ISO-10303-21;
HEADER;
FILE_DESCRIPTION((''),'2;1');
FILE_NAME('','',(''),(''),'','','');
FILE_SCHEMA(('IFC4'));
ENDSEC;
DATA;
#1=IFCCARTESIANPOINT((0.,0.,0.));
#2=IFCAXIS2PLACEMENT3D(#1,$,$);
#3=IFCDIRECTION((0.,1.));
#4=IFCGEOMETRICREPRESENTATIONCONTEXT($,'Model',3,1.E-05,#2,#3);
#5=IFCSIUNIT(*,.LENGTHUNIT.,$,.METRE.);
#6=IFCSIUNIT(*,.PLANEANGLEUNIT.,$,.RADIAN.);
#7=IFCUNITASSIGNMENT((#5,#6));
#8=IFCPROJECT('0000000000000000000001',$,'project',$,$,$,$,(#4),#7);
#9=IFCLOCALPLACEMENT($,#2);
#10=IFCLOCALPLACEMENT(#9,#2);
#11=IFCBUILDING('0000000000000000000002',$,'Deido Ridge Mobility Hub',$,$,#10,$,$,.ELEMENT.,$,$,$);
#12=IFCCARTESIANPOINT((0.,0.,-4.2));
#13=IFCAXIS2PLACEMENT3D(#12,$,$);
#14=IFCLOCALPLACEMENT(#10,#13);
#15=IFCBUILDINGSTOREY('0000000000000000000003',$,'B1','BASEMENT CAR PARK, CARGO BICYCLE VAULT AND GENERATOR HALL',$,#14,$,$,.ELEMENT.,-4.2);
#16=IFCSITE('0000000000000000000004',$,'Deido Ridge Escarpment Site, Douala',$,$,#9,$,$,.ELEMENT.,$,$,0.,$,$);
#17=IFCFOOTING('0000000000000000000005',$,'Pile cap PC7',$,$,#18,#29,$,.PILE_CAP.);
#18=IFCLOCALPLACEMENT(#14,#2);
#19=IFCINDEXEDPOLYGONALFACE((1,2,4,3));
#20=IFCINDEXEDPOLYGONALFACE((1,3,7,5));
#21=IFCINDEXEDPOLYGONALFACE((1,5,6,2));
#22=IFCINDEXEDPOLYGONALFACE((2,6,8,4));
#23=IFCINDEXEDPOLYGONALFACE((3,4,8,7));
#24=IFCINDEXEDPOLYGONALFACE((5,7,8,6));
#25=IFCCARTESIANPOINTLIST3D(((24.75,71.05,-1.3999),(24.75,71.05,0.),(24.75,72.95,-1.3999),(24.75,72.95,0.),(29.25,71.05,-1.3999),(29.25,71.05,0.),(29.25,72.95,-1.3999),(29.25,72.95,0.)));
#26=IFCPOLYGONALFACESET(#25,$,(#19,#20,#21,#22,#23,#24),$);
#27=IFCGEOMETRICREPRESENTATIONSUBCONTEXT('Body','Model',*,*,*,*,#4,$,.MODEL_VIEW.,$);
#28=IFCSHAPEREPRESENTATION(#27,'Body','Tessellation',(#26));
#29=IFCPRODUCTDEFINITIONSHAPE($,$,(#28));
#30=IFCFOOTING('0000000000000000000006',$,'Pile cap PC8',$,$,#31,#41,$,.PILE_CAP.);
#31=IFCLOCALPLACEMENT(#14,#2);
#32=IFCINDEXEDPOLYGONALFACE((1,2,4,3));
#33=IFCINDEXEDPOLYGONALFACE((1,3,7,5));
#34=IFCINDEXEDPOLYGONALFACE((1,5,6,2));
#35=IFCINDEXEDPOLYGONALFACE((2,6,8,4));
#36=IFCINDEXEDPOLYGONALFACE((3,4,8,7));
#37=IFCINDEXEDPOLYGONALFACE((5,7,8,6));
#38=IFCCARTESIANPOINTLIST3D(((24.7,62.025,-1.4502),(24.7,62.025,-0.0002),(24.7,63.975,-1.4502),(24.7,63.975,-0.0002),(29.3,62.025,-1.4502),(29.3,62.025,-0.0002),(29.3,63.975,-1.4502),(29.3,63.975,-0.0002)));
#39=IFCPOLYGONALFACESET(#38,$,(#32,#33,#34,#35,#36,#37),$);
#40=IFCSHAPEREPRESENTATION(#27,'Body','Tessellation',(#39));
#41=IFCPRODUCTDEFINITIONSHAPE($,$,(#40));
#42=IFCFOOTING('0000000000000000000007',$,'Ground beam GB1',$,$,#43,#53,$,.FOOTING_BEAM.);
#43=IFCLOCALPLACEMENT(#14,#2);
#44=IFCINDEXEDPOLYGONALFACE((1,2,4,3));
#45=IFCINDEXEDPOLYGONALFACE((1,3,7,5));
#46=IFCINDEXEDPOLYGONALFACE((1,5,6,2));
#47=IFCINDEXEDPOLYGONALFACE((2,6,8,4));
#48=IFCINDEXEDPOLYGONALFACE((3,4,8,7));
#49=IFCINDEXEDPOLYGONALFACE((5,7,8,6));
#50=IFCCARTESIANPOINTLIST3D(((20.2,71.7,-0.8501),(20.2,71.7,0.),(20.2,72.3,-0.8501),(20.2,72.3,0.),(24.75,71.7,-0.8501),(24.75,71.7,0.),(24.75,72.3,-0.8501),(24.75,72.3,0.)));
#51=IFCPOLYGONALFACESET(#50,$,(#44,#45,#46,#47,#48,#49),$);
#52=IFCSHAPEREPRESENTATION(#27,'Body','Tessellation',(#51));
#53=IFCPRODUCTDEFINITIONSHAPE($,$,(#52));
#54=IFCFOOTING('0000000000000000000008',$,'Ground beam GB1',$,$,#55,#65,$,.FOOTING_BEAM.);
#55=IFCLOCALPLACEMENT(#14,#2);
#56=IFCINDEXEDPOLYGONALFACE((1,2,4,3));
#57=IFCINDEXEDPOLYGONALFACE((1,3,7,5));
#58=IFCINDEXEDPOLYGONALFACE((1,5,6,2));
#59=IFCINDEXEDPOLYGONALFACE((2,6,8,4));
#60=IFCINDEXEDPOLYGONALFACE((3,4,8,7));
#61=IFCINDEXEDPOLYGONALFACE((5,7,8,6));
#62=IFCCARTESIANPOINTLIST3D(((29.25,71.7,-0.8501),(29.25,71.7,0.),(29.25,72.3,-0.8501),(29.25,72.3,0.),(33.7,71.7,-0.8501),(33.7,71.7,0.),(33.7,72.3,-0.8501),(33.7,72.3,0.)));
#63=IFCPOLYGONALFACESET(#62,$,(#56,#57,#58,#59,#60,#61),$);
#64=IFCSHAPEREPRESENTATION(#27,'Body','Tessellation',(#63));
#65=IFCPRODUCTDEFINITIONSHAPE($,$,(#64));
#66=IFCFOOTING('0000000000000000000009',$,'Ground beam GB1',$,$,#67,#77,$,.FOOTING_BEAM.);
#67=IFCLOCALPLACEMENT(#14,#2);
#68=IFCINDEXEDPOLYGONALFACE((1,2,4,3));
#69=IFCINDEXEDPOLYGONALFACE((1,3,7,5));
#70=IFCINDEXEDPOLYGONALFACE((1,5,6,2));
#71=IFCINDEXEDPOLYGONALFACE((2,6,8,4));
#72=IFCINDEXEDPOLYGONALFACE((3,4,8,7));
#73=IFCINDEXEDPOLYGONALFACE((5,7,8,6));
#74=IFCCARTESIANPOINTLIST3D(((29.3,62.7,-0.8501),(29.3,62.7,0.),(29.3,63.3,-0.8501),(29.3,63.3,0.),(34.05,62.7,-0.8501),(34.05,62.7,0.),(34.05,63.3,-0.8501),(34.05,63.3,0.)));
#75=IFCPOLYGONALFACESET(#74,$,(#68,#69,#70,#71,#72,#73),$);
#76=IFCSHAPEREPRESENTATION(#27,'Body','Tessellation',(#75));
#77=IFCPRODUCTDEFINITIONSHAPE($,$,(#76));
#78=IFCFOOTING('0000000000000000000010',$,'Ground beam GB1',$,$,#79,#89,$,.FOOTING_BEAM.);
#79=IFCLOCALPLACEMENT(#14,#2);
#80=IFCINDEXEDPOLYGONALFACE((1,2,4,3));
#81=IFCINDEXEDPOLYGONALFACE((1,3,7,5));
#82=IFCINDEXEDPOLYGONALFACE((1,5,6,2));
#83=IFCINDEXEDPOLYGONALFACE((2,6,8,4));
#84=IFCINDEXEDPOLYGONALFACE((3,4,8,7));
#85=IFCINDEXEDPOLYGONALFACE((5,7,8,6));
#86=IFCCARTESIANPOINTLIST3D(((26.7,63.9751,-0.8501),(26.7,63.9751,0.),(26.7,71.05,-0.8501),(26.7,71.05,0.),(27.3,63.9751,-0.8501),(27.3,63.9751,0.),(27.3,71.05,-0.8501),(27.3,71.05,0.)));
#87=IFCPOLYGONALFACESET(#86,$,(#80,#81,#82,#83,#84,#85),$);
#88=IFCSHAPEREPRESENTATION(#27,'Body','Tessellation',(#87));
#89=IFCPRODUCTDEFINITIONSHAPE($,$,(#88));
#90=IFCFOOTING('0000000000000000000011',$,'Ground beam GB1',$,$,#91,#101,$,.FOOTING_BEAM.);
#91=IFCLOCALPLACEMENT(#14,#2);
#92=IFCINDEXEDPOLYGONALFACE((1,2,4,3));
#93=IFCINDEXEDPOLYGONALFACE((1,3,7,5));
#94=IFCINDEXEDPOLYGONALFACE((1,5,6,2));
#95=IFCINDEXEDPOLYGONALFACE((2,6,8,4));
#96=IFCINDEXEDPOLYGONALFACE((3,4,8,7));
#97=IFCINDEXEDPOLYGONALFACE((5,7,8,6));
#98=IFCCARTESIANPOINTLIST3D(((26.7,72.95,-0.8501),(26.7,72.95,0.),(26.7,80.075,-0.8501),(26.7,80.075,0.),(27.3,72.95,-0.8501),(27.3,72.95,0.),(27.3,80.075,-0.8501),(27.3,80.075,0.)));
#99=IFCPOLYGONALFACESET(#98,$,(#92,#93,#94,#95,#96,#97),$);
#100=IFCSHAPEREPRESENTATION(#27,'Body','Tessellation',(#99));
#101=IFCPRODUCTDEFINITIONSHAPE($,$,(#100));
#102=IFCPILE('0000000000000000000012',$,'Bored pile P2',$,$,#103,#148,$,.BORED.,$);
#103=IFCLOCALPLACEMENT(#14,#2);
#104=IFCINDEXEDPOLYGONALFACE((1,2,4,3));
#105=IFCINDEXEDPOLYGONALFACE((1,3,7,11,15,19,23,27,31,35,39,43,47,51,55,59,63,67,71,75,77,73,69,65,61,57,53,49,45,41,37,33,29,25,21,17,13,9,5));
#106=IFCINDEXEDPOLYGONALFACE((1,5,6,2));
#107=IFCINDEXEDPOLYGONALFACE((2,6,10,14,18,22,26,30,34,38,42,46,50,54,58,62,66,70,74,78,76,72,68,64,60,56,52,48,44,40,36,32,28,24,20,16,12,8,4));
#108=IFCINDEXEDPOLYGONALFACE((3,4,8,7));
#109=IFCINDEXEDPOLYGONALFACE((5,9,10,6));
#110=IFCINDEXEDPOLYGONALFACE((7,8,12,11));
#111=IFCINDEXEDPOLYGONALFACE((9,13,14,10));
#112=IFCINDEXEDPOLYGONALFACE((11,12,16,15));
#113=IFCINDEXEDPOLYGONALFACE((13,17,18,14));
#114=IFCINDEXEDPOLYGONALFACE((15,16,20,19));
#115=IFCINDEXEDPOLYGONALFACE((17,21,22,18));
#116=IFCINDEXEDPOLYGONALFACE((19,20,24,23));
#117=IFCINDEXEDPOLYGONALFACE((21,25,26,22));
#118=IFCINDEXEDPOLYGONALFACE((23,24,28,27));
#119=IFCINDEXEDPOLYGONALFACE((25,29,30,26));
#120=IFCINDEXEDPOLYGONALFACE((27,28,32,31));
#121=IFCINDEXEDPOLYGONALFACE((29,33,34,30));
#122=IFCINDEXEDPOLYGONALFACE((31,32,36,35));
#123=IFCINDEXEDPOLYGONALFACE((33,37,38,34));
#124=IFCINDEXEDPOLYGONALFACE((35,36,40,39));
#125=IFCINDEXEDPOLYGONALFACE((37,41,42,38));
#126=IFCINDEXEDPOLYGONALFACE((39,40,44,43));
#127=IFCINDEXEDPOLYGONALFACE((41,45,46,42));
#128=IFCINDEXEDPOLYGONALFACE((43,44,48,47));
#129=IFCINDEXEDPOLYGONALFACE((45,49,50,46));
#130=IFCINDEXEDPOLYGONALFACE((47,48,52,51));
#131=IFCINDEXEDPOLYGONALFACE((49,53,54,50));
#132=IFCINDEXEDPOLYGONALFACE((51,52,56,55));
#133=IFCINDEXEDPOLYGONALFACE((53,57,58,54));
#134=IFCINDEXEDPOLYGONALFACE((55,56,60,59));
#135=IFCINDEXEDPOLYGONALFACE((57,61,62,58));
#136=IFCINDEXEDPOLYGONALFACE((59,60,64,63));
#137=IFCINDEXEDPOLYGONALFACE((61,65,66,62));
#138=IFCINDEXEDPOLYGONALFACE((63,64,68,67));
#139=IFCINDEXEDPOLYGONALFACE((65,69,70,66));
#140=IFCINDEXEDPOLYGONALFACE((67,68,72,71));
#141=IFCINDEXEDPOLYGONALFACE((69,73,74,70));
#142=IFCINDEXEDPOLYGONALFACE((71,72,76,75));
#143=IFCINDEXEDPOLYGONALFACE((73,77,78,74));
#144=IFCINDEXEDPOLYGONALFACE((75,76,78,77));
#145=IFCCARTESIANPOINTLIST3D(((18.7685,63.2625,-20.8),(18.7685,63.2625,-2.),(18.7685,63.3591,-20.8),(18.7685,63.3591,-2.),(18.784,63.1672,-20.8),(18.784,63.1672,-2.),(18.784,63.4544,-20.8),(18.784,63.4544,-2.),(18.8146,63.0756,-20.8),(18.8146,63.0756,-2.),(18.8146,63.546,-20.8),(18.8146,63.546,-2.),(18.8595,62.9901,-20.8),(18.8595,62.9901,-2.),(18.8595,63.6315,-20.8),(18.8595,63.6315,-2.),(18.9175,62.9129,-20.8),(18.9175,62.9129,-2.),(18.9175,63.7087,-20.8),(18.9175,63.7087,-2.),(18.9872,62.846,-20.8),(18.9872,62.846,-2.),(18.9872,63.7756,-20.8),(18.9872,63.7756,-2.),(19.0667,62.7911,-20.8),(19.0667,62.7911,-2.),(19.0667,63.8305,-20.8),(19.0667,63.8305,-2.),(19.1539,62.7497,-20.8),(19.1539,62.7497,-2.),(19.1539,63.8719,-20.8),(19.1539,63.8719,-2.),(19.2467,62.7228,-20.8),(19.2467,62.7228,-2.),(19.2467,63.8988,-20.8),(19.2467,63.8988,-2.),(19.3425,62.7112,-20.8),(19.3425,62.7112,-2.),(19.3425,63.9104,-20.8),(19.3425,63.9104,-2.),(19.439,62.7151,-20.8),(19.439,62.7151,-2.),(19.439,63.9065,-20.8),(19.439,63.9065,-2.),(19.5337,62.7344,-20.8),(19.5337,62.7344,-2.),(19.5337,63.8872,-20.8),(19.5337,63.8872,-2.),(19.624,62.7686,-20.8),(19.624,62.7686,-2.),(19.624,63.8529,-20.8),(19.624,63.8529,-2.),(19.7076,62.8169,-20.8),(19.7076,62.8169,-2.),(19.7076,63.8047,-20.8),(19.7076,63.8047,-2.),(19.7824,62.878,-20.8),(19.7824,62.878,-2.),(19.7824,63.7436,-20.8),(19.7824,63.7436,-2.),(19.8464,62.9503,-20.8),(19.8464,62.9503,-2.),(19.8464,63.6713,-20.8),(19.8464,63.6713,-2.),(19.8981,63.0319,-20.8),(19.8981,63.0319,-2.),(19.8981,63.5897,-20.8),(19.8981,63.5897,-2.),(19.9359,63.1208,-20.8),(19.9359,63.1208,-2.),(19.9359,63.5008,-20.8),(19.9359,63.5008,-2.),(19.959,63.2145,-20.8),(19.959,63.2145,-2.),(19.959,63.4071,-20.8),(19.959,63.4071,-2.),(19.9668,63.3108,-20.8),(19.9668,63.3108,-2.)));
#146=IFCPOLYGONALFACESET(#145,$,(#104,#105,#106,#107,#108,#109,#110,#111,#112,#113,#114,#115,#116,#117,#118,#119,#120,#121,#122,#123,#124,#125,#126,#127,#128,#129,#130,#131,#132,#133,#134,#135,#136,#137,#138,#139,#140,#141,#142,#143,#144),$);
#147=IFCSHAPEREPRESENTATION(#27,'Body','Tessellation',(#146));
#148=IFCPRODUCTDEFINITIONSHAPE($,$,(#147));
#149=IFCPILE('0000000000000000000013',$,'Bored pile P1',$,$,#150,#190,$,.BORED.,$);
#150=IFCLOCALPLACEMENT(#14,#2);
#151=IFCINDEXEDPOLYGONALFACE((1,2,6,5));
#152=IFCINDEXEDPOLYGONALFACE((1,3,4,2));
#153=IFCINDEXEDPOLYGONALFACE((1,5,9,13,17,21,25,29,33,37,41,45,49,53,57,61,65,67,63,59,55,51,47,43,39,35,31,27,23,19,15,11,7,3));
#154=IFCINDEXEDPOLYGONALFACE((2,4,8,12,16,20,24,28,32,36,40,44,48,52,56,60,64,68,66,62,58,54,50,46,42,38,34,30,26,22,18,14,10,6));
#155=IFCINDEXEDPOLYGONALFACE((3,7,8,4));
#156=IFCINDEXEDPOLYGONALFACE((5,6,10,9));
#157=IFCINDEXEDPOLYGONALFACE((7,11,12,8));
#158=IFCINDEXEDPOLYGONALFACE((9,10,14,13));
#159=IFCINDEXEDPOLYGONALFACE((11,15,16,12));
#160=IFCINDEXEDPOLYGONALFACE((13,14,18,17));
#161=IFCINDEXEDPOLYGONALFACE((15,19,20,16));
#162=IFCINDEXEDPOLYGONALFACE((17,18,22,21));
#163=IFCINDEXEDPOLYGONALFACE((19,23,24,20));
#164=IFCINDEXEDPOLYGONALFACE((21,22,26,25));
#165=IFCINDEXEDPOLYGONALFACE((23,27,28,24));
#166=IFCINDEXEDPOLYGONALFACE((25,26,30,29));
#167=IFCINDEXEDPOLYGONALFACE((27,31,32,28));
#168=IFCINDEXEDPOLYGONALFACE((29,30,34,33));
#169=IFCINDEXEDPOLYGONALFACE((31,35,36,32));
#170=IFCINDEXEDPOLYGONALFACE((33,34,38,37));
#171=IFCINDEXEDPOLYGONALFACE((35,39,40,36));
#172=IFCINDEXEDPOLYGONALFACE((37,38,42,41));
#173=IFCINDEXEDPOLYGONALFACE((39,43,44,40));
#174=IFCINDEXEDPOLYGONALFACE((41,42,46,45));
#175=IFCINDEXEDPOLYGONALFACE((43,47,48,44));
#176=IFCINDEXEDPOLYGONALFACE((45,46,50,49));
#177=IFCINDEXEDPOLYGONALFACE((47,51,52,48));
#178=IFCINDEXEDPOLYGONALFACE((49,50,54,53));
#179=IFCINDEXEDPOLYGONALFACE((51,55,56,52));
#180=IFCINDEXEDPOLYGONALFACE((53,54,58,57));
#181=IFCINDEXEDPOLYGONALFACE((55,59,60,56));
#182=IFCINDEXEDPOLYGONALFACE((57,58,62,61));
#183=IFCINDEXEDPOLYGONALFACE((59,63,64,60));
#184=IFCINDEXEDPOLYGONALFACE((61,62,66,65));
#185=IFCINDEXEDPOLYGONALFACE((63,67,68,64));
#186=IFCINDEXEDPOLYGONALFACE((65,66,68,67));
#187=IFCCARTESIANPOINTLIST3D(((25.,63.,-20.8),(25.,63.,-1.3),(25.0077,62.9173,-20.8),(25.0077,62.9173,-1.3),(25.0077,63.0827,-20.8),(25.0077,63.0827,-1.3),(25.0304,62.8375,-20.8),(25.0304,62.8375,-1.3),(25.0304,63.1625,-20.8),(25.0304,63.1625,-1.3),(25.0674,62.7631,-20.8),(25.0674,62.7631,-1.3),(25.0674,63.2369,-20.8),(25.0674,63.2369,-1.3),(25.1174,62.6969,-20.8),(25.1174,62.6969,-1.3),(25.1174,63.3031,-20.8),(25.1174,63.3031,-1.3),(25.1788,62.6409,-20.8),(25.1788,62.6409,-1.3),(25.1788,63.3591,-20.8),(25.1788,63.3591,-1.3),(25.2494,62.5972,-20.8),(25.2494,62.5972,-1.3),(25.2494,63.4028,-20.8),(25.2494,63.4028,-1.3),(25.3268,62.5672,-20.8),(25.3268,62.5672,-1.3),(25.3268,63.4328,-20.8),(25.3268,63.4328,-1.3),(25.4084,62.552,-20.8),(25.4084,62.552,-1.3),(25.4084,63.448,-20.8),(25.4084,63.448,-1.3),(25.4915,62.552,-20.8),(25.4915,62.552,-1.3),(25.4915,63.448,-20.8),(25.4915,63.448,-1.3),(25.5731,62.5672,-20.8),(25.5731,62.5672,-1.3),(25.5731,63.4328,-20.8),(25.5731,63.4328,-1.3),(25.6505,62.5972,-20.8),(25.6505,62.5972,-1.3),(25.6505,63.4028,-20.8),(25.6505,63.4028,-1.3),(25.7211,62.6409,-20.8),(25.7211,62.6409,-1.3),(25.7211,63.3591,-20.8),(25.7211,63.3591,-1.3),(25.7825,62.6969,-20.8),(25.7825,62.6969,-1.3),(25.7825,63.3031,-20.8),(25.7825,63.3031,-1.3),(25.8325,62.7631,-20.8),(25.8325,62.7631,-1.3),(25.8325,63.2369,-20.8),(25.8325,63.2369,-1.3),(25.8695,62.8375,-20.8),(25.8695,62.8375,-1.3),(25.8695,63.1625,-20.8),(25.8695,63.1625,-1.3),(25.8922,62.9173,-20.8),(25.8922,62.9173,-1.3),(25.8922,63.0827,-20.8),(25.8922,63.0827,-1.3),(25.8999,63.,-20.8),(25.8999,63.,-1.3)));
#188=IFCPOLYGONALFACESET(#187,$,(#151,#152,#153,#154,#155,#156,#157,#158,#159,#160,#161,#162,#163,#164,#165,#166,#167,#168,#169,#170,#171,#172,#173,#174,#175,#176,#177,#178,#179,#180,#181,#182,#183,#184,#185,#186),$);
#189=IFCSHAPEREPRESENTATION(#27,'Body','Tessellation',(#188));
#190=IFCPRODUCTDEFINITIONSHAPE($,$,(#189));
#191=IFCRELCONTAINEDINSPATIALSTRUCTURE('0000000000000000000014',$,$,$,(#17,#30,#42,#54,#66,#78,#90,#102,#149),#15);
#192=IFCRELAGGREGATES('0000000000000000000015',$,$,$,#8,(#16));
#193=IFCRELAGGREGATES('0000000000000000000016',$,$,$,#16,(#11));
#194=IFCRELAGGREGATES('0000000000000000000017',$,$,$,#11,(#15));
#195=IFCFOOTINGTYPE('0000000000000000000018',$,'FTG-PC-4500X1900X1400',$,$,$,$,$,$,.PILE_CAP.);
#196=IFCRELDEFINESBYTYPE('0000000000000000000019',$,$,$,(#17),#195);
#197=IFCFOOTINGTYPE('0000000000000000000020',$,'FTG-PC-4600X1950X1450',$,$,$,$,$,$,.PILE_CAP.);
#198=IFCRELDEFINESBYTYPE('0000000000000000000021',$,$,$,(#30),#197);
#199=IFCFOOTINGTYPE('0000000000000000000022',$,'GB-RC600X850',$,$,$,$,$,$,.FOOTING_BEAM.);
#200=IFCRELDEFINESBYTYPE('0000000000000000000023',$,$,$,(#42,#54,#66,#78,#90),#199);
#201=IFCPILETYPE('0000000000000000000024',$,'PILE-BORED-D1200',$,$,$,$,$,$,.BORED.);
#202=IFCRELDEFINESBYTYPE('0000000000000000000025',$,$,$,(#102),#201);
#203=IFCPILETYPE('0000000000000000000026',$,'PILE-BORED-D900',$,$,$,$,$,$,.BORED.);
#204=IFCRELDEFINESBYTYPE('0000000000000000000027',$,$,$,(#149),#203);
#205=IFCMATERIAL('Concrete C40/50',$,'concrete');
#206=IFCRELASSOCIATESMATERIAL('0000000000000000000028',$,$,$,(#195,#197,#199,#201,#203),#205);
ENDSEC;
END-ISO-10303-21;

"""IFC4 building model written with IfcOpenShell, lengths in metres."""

from ifc_helpers import new_model, si_unit, direction, frame, origin, origin_2d, place, context, subcontext, project, spatial, rectangle, circle, extrude, material, material_profile, profile_set, type_object, element, save


model = new_model("IFC4")

# Units and contexts
model_context = context("Model", 3, precision=1e-05, world=origin(), true_north=direction((0.0, 1.0)))
body_context = subcontext(model_context, "Body", "Model", "MODEL_VIEW")
ifc_project = project(units=[si_unit("LENGTHUNIT", "METRE"), si_unit("PLANEANGLEUNIT", "RADIAN")], contexts=[model_context])

# Site, building, storey
site_placement = place(None, origin())
site = spatial("IfcSite", under=ifc_project, at=site_placement, Name="Deido Ridge Escarpment Site, Douala", CompositionType="ELEMENT", RefElevation=0.0)
building_placement = place(site_placement, origin())
building = spatial("IfcBuilding", under=site, at=building_placement, Name="Deido Ridge Mobility Hub", CompositionType="ELEMENT")
storey_placement = place(building_placement, frame((0.0, 0.0, -4.2)))
storey = spatial("IfcBuildingStorey", under=building, at=storey_placement, Name="B1", Description="BASEMENT CAR PARK, CARGO BICYCLE VAULT AND GENERATOR HALL", CompositionType="ELEMENT", Elevation=-4.2)

# Footings
ifc_material_1 = material(Name="Concrete C40/50", Category="concrete")
footing_type_1 = type_object("IfcFootingType", Name="FTG-PC-4500X1900X1400", PredefinedType="PILE_CAP", material=ifc_material_1)
footing_1_placement = place(storey_placement, frame((27.0, 72.0, -1.3999), z_axis=(0.0, 0.0, 1.0), x_axis=(1.0, 0.0, 0.0)))
element("IfcFooting", 1, at=footing_1_placement, inside=storey, type_object=footing_type_1, Name="Pile cap PC7", PredefinedType="PILE_CAP", context=body_context, shape_type="SweptSolid", body=[
    extrude(rectangle(XDim=4.5, YDim=1.8999, at=origin_2d()), origin(), (0.0, 0.0, 1.0), 1.3999),
])
footing_type_2 = type_object("IfcFootingType", Name="FTG-PC-4600X1950X1450", PredefinedType="PILE_CAP", material=ifc_material_1)
footing_2_placement = place(storey_placement, frame((27.0, 63.0, -1.4502), z_axis=(0.0, 0.0, 1.0), x_axis=(1.0, 0.0, 0.0)))
element("IfcFooting", 2, at=footing_2_placement, inside=storey, type_object=footing_type_2, Name="Pile cap PC8", PredefinedType="PILE_CAP", context=body_context, shape_type="SweptSolid", body=[
    extrude(rectangle(XDim=4.6001, YDim=1.95, at=origin_2d()), origin(), (0.0, 0.0, 1.0), 1.45),
])
ifc_material_profile_1 = material_profile(ifc_material_1, rectangle(XDim=0.6001, YDim=0.8501, at=origin_2d()), Name="RC GB 600x850")
ifc_profile_set_1 = profile_set([ifc_material_profile_1], Name="Concrete C40/50")
footing_type_3 = type_object("IfcFootingType", Name="GB-RC600X850", PredefinedType="FOOTING_BEAM", material=ifc_profile_set_1)
footing_3_placement = place(storey_placement, frame((20.2, 72.0, -0.425), z_axis=(1.0, 0.0, 0.0), x_axis=(0.0, 1.0, 0.0)))
element("IfcFooting", 3, at=footing_3_placement, inside=storey, type_object=footing_type_3, Name="Ground beam GB1", PredefinedType="FOOTING_BEAM", context=body_context, shape_type="SweptSolid", body=[
    extrude(rectangle(XDim=0.6001, YDim=0.8501, at=origin_2d()), origin(), (0.0, 0.0, 1.0), 4.55),
])
footing_4_placement = place(storey_placement, frame((29.25, 72.0, -0.425), z_axis=(1.0, 0.0, 0.0), x_axis=(0.0, 1.0, 0.0)))
element("IfcFooting", 4, at=footing_4_placement, inside=storey, type_object=footing_type_3, Name="Ground beam GB1", PredefinedType="FOOTING_BEAM", context=body_context, shape_type="SweptSolid", body=[
    extrude(rectangle(XDim=0.6001, YDim=0.8501, at=origin_2d()), origin(), (0.0, 0.0, 1.0), 4.45),
])
footing_5_placement = place(storey_placement, frame((29.3, 63.0, -0.425), z_axis=(1.0, 0.0, 0.0), x_axis=(0.0, 1.0, 0.0)))
element("IfcFooting", 5, at=footing_5_placement, inside=storey, type_object=footing_type_3, Name="Ground beam GB1", PredefinedType="FOOTING_BEAM", context=body_context, shape_type="SweptSolid", body=[
    extrude(rectangle(XDim=0.6001, YDim=0.8501, at=origin_2d()), origin(), (0.0, 0.0, 1.0), 4.75),
])
footing_6_placement = place(storey_placement, frame((27.0, 63.9751, -0.425), z_axis=(0.0, 1.0, 0.0), x_axis=(-1.0, 0.0, 0.0)))
element("IfcFooting", 6, at=footing_6_placement, inside=storey, type_object=footing_type_3, Name="Ground beam GB1", PredefinedType="FOOTING_BEAM", context=body_context, shape_type="SweptSolid", body=[
    extrude(rectangle(XDim=0.6001, YDim=0.8501, at=origin_2d()), origin(), (0.0, 0.0, 1.0), 7.075),
])
footing_7_placement = place(storey_placement, frame((27.0, 72.95, -0.425), z_axis=(0.0, 1.0, 0.0), x_axis=(-1.0, 0.0, 0.0)))
element("IfcFooting", 7, at=footing_7_placement, inside=storey, type_object=footing_type_3, Name="Ground beam GB1", PredefinedType="FOOTING_BEAM", context=body_context, shape_type="SweptSolid", body=[
    extrude(rectangle(XDim=0.6001, YDim=0.8501, at=origin_2d()), origin(), (0.0, 0.0, 1.0), 7.125),
])

# Piles
ifc_material_profile_2 = material_profile(ifc_material_1, circle(Radius=0.6001, at=origin_2d()), Name="BORED PILE D1200")
ifc_profile_set_2 = profile_set([ifc_material_profile_2], Name="Concrete C40/50")
pile_type_1 = type_object("IfcPileType", Name="PILE-BORED-D1200", PredefinedType="BORED", material=ifc_profile_set_2)
pile_1_placement = place(storey_placement, frame((19.3667, 63.3108, -2.0), z_axis=(0.0, 0.0, -1.0), x_axis=(1.0, 0.0, 0.0)))
element("IfcPile", 8, at=pile_1_placement, inside=storey, type_object=pile_type_1, Name="Bored pile P2", PredefinedType="BORED", context=body_context, shape_type="SweptSolid", body=[
    extrude(circle(Radius=0.6001, at=origin_2d()), origin(), (0.0, 0.0, 1.0), 18.8),
])
ifc_material_profile_3 = material_profile(ifc_material_1, circle(Radius=0.45, at=origin_2d()), Name="BORED PILE D900")
ifc_profile_set_3 = profile_set([ifc_material_profile_3], Name="Concrete C40/50")
pile_type_2 = type_object("IfcPileType", Name="PILE-BORED-D900", PredefinedType="BORED", material=ifc_profile_set_3)
for number, where, z_axis, x_axis, name in (
    (9, (25.45, 63.0, -1.3), (0.0, 0.0, -1.0), (1.0, 0.0, 0.0), "Bored pile P1"),
):
    element("IfcPile", number, at=place(storey_placement, frame(where, z_axis=z_axis, x_axis=x_axis)), inside=storey, type_object=pile_type_2, Name=name, PredefinedType="BORED", context=body_context, shape_type="SweptSolid", body=[
        extrude(circle(Radius=0.45, at=origin_2d()), origin(), (0.0, 0.0, 1.0), 19.5),
    ])

save(model, "model.ifc")
